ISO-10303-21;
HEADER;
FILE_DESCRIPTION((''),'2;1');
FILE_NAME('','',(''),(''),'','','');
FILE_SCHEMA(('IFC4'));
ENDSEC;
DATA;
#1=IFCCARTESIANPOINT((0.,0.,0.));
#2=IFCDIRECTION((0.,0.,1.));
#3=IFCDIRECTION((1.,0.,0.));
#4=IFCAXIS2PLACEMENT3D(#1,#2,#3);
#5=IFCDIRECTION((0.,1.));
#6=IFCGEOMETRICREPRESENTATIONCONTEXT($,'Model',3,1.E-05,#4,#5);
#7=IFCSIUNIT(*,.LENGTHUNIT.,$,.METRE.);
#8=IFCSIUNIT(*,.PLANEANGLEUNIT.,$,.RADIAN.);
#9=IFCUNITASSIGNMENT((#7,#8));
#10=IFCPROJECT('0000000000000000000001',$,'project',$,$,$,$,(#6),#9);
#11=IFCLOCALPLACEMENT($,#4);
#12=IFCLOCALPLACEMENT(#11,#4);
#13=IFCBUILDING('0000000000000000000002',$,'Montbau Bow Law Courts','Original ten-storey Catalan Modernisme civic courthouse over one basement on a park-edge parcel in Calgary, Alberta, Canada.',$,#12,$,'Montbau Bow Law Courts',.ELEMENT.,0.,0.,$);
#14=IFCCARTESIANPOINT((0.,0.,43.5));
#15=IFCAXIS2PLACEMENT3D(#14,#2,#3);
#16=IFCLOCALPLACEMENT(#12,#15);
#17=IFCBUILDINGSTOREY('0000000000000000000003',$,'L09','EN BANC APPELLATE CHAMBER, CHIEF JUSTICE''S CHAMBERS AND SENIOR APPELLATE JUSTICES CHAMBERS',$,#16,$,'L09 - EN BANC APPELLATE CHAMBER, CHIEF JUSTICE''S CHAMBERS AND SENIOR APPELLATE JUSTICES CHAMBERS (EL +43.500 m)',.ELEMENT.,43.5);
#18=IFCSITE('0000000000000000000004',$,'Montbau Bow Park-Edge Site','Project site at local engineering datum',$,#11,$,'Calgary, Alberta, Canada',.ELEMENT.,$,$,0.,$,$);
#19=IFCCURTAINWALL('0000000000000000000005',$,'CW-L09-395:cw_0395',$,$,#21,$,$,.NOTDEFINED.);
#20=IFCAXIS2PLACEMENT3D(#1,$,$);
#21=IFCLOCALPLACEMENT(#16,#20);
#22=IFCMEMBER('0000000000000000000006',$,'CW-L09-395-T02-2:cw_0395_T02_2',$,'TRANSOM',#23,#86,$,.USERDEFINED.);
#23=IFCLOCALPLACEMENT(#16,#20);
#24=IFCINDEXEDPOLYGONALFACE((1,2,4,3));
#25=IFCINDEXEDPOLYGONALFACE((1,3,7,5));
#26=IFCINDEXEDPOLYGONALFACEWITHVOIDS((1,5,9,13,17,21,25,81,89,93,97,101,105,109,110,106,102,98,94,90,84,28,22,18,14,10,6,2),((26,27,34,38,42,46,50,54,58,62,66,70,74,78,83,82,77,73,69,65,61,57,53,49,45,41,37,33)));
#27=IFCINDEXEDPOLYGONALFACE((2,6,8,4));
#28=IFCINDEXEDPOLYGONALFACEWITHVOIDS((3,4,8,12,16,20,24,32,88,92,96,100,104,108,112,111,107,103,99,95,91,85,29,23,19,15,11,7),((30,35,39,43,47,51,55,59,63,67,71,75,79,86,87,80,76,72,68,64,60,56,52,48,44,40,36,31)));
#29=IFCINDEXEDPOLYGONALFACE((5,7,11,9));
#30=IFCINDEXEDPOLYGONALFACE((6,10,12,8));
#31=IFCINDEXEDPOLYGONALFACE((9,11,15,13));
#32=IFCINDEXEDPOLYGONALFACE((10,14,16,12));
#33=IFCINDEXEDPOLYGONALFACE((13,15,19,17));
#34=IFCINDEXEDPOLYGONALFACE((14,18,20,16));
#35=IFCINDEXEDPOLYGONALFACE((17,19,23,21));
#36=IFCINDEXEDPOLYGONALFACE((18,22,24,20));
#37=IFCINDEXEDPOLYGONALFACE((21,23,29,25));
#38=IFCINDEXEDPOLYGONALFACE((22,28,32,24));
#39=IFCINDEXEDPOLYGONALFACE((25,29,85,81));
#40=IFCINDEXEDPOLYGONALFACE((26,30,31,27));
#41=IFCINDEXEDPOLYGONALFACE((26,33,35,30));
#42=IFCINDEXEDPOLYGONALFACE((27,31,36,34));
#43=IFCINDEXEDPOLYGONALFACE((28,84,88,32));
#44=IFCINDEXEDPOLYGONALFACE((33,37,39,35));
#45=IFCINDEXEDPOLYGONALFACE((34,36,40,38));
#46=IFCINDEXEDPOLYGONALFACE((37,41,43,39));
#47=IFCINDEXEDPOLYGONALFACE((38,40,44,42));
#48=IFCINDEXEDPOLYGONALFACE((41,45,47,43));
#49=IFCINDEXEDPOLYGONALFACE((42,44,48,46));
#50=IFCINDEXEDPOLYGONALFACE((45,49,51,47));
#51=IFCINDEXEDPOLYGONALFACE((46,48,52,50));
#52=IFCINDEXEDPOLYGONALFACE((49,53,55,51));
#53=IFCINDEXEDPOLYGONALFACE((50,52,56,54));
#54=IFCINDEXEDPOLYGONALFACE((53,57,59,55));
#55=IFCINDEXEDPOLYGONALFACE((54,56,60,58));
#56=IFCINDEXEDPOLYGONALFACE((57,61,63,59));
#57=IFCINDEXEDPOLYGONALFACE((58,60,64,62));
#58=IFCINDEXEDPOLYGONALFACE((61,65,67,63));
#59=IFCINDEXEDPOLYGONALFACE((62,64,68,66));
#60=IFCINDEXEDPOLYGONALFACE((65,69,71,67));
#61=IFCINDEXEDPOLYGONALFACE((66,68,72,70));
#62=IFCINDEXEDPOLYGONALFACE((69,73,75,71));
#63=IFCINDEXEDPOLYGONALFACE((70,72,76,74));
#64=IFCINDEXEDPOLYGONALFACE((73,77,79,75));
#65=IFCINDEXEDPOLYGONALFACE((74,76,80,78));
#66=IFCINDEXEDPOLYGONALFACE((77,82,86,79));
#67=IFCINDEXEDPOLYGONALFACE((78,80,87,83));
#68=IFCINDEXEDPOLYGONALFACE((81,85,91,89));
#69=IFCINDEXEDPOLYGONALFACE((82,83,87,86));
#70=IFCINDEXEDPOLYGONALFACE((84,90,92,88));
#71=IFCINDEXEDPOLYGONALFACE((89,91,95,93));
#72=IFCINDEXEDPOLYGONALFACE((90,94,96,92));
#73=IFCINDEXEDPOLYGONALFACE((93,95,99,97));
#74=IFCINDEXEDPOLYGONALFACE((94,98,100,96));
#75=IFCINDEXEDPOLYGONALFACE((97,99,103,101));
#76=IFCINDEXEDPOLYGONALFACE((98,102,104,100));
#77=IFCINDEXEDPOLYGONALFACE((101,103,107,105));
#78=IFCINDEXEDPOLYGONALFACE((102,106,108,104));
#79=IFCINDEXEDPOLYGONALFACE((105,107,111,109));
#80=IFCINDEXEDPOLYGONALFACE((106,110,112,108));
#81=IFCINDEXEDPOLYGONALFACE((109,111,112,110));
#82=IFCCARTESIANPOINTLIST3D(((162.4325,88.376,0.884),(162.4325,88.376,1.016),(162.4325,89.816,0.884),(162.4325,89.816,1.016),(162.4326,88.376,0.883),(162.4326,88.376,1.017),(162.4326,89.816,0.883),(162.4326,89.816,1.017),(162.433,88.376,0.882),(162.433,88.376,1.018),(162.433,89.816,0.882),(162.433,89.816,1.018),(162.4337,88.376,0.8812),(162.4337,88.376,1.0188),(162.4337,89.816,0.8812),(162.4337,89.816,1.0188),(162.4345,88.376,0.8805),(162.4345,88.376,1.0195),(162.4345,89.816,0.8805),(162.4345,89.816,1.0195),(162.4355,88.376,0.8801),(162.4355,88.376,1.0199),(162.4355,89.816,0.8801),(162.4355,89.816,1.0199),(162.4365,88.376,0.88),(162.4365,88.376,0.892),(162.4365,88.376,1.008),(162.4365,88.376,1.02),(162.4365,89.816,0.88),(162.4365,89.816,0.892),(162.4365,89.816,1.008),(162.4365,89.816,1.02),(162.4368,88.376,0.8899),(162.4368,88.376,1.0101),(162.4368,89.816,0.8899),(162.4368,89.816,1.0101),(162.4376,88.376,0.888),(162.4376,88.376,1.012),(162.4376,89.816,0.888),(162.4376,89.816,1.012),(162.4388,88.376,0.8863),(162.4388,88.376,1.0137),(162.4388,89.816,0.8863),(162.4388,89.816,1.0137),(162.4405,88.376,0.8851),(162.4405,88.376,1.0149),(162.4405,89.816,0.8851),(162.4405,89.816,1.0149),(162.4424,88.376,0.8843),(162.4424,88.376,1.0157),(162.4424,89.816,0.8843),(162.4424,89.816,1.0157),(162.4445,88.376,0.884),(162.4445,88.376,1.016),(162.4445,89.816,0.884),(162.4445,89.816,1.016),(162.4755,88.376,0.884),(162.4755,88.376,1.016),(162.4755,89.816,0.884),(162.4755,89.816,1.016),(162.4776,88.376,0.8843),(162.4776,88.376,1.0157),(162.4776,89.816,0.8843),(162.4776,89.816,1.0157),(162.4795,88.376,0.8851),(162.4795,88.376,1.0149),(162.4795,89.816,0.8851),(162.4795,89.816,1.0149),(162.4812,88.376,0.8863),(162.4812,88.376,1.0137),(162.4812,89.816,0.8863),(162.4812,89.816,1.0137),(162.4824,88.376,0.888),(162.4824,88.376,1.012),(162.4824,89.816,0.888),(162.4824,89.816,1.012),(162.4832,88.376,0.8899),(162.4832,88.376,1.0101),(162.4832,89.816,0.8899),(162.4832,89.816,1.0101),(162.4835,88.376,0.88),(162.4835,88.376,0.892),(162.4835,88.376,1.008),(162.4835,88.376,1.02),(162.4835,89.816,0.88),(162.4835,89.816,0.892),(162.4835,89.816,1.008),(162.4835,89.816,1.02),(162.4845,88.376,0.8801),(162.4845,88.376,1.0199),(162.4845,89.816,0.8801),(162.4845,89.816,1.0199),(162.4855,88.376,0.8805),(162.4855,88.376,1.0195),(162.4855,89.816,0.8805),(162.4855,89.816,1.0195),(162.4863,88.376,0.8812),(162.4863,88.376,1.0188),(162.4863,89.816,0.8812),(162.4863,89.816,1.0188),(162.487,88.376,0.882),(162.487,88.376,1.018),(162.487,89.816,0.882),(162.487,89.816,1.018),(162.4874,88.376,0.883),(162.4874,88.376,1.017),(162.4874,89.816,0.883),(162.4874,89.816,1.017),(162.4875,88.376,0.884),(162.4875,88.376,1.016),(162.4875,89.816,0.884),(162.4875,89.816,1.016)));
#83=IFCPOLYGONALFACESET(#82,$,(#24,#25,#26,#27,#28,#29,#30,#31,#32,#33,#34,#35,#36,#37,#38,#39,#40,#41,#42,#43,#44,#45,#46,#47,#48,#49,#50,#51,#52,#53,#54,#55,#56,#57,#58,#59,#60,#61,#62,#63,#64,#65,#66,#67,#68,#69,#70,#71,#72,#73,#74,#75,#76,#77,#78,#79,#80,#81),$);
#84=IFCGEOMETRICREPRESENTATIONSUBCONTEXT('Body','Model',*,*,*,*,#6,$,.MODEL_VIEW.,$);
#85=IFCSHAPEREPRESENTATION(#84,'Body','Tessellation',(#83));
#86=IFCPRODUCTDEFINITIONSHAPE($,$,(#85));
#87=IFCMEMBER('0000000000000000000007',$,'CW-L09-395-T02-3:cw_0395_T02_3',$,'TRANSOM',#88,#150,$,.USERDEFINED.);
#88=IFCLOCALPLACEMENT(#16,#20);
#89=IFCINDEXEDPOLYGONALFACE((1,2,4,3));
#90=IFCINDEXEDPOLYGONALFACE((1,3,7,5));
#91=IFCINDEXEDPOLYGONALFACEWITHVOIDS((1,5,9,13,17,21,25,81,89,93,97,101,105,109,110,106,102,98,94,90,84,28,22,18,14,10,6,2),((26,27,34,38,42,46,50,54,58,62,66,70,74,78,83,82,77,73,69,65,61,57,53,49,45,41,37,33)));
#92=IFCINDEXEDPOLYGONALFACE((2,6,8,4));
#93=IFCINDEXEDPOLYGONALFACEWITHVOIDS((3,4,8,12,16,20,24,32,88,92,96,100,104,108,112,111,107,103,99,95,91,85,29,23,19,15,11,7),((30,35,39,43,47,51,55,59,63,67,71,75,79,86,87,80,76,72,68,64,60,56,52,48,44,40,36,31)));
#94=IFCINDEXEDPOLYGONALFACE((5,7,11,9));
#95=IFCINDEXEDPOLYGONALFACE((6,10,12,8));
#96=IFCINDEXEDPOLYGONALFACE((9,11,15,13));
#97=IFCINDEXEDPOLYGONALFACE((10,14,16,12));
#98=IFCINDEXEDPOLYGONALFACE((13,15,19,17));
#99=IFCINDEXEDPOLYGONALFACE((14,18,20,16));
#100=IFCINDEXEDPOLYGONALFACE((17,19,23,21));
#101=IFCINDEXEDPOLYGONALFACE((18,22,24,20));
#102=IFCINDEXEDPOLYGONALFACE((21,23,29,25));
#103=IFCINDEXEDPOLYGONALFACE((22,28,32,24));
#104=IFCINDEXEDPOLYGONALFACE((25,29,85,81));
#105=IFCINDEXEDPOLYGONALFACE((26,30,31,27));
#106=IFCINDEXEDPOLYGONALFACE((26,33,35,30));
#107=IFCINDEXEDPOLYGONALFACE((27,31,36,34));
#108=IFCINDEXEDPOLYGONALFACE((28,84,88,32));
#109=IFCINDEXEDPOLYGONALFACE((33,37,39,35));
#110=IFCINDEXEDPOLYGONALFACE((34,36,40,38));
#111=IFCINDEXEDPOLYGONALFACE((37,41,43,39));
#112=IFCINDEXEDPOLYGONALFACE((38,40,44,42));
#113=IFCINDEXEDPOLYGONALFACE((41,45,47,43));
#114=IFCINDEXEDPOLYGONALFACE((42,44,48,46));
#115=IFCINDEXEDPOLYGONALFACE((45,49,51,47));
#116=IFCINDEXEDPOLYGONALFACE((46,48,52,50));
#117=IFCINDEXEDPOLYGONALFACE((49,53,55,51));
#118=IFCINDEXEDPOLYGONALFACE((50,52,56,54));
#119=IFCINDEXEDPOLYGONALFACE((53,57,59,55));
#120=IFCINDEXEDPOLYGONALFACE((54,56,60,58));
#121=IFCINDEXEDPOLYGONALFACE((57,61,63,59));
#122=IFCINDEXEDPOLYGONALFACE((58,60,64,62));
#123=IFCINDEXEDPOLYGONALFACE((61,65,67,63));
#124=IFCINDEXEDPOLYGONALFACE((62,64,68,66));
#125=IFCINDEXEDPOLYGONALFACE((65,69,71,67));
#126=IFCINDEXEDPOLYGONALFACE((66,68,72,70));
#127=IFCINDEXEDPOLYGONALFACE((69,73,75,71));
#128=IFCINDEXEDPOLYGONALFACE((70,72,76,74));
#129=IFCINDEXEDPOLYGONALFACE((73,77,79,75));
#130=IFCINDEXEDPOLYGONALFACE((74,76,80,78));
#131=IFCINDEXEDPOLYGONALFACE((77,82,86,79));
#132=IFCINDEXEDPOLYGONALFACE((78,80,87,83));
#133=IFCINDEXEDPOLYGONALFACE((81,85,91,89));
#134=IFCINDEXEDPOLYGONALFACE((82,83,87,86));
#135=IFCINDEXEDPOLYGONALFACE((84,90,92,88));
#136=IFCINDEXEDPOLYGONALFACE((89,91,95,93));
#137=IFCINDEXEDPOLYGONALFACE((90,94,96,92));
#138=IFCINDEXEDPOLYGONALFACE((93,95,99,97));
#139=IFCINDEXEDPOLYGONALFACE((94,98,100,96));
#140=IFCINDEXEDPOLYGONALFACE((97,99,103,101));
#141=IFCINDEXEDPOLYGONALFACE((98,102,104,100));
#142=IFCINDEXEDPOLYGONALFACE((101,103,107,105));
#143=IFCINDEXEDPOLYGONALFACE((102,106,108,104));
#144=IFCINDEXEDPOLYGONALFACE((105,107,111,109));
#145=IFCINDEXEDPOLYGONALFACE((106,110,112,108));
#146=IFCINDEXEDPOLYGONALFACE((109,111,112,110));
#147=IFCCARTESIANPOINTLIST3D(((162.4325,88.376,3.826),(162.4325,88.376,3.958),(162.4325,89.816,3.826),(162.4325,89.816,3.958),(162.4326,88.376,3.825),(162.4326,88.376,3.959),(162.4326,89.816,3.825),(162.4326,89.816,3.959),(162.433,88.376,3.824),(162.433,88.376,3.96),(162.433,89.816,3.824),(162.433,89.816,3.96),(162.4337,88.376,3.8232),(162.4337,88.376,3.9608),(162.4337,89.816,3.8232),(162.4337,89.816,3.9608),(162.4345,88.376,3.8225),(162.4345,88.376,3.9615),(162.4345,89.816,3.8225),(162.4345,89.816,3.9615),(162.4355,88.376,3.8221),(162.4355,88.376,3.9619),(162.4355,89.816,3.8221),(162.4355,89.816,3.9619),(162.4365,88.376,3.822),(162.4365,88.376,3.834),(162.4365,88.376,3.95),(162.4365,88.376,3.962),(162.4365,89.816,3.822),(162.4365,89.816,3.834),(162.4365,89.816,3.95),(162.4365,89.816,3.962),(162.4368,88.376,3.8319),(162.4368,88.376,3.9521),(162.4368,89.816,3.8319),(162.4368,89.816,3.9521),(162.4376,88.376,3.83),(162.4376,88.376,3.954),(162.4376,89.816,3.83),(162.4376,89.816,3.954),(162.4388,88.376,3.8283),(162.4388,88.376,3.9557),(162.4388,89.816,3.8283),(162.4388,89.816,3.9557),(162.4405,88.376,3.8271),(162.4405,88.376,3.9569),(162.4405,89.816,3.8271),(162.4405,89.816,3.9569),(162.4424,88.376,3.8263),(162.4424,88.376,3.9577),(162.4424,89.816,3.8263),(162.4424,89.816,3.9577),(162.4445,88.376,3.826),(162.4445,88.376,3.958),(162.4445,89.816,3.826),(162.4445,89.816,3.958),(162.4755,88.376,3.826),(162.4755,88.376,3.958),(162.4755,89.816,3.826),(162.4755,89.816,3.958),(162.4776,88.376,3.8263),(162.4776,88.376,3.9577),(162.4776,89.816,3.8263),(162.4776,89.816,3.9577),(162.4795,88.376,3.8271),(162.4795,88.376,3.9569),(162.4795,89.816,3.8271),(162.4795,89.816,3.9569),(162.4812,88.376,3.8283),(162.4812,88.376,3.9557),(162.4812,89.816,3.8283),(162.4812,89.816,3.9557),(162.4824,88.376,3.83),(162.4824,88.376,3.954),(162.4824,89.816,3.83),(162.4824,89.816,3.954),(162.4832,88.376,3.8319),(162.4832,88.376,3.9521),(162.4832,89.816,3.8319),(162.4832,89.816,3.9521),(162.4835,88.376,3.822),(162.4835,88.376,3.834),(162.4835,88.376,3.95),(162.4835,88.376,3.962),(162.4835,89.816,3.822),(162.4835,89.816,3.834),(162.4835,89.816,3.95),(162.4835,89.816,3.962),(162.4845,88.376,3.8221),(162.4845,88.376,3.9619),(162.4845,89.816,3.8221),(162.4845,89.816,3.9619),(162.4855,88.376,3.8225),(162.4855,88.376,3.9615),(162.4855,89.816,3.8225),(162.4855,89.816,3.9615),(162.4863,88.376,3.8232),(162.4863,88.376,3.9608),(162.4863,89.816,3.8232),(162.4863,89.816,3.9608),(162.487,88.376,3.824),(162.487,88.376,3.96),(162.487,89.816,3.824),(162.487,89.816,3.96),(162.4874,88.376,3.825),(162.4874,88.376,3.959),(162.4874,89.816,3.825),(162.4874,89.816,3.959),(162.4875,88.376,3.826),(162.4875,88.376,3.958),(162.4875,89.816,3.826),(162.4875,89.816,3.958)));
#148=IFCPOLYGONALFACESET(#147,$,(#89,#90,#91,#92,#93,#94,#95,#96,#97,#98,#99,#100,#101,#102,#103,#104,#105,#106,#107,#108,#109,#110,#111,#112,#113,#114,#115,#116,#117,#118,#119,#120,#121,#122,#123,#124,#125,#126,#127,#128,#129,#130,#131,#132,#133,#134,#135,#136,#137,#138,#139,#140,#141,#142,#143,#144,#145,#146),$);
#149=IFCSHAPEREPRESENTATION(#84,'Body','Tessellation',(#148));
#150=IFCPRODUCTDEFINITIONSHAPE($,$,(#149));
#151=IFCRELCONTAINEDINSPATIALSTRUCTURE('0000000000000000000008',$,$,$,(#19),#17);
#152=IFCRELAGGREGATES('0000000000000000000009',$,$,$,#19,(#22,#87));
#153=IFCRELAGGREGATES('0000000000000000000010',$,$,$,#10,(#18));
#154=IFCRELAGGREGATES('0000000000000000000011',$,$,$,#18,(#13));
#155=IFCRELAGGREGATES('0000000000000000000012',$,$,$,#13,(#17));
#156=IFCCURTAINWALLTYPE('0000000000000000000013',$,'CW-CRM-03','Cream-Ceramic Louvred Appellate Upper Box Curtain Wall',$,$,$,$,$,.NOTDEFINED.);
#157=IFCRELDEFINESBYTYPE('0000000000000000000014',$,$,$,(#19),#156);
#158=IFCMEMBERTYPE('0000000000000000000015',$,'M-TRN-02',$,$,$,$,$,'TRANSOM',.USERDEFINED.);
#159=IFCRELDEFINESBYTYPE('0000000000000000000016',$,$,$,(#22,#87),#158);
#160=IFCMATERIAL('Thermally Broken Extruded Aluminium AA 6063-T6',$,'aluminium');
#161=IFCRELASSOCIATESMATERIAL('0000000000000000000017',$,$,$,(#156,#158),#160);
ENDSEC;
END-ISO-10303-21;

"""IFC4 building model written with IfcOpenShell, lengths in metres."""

from ifc_helpers import new_model, si_unit, direction, frame, origin_with_axes, origin_2d_with_axis, place, context, subcontext, project, spatial, hollow_rectangle, extrude, material, material_profile, profile_set, type_object, element, aggregate, save


model = new_model("IFC4")

# Units and contexts
model_context = context("Model", 3, precision=1e-05, world=origin_with_axes(), true_north=direction((0.0, 1.0)))
body_context = subcontext(model_context, "Body", "Model", "MODEL_VIEW")
ifc_project = project(units=[si_unit("LENGTHUNIT", "METRE"), si_unit("PLANEANGLEUNIT", "RADIAN")], contexts=[model_context])

# Site, building, storey
site_placement = place(None, origin_with_axes())
site = spatial("IfcSite", under=ifc_project, at=site_placement, Name="Montbau Bow Park-Edge Site", Description="Project site at local engineering datum", LongName="Calgary, Alberta, Canada", CompositionType="ELEMENT", RefElevation=0.0)
building_placement = place(site_placement, origin_with_axes())
building = spatial("IfcBuilding", under=site, at=building_placement, Name="Montbau Bow Law Courts", Description="Original ten-storey Catalan Modernisme civic courthouse over one basement on a park-edge parcel in Calgary, Alberta, Canada.", LongName="Montbau Bow Law Courts", CompositionType="ELEMENT", ElevationOfRefHeight=0.0, ElevationOfTerrain=0.0)
storey_placement = place(building_placement, frame((0.0, 0.0, 43.5), z_axis=(0.0, 0.0, 1.0), x_axis=(1.0, 0.0, 0.0)))
storey = spatial("IfcBuildingStorey", under=building, at=storey_placement, Name="L09", Description="EN BANC APPELLATE CHAMBER, CHIEF JUSTICE'S CHAMBERS AND SENIOR APPELLATE JUSTICES CHAMBERS", LongName="L09 - EN BANC APPELLATE CHAMBER, CHIEF JUSTICE'S CHAMBERS AND SENIOR APPELLATE JUSTICES CHAMBERS (EL +43.500 m)", CompositionType="ELEMENT", Elevation=43.5)

# Curtain wall, members
ifc_material_1 = material(Name="Thermally Broken Extruded Aluminium AA 6063-T6", Category="aluminium")
curtain_wall_type = type_object("IfcCurtainWallType", Name="CW-CRM-03", Description="Cream-Ceramic Louvred Appellate Upper Box Curtain Wall", PredefinedType="NOTDEFINED", material=ifc_material_1)
curtain_wall_placement = place(None, frame((162.46, 86.84, 43.5), z_axis=(0.0, 0.0, 1.0), x_axis=(1.0, 0.0, 0.0)))
curtain_wall = element("IfcCurtainWall", 1, at=curtain_wall_placement, inside=storey, type_object=curtain_wall_type, Name="CW-L09-395:cw_0395", PredefinedType="NOTDEFINED")
ifc_material_profile_1 = material_profile(ifc_material_1, hollow_rectangle(XDim=0.055, YDim=0.14, WallThickness=0.004, InnerFilletRadius=0.008, OuterFilletRadius=0.004, at=origin_2d_with_axis()), Name="CWT-140X55", Category="Main", Priority=0)
ifc_profile_set_1 = profile_set([ifc_material_profile_1], Name="Thermally Broken Extruded Aluminium AA 6063-T6")
member_type_1 = type_object("IfcMemberType", Name="M-TRN-02", ElementType="TRANSOM", PredefinedType="USERDEFINED", material=ifc_profile_set_1)
member_1_placement = place(None, frame((162.46, 88.376, 44.45), z_axis=(0.0, 1.0, 0.0), x_axis=(-1.0, 0.0, 0.0)))
member_1 = element("IfcMember", 2, at=member_1_placement, type_object=member_type_1, Name="CW-L09-395-T02-2:cw_0395_T02_2", ObjectType="TRANSOM", PredefinedType="USERDEFINED", context=body_context, shape_type="SweptSolid", body=[
    extrude(hollow_rectangle(XDim=0.055, YDim=0.14, WallThickness=0.004, InnerFilletRadius=0.008, OuterFilletRadius=0.004, at=origin_2d_with_axis()), origin_with_axes(), (0.0, 0.0, 1.0), 1.44),
])
member_2_placement = place(None, frame((162.46, 88.376, 47.392), z_axis=(0.0, 1.0, 0.0), x_axis=(-1.0, 0.0, 0.0)))
member_2 = element("IfcMember", 3, at=member_2_placement, type_object=member_type_1, Name="CW-L09-395-T02-3:cw_0395_T02_3", ObjectType="TRANSOM", PredefinedType="USERDEFINED", context=body_context, shape_type="SweptSolid", body=[
    extrude(hollow_rectangle(XDim=0.055, YDim=0.14, WallThickness=0.004, InnerFilletRadius=0.008, OuterFilletRadius=0.004, at=origin_2d_with_axis()), origin_with_axes(), (0.0, 0.0, 1.0), 1.44),
])
aggregate(curtain_wall, [member_1, member_2])

save(model, "model.ifc")
